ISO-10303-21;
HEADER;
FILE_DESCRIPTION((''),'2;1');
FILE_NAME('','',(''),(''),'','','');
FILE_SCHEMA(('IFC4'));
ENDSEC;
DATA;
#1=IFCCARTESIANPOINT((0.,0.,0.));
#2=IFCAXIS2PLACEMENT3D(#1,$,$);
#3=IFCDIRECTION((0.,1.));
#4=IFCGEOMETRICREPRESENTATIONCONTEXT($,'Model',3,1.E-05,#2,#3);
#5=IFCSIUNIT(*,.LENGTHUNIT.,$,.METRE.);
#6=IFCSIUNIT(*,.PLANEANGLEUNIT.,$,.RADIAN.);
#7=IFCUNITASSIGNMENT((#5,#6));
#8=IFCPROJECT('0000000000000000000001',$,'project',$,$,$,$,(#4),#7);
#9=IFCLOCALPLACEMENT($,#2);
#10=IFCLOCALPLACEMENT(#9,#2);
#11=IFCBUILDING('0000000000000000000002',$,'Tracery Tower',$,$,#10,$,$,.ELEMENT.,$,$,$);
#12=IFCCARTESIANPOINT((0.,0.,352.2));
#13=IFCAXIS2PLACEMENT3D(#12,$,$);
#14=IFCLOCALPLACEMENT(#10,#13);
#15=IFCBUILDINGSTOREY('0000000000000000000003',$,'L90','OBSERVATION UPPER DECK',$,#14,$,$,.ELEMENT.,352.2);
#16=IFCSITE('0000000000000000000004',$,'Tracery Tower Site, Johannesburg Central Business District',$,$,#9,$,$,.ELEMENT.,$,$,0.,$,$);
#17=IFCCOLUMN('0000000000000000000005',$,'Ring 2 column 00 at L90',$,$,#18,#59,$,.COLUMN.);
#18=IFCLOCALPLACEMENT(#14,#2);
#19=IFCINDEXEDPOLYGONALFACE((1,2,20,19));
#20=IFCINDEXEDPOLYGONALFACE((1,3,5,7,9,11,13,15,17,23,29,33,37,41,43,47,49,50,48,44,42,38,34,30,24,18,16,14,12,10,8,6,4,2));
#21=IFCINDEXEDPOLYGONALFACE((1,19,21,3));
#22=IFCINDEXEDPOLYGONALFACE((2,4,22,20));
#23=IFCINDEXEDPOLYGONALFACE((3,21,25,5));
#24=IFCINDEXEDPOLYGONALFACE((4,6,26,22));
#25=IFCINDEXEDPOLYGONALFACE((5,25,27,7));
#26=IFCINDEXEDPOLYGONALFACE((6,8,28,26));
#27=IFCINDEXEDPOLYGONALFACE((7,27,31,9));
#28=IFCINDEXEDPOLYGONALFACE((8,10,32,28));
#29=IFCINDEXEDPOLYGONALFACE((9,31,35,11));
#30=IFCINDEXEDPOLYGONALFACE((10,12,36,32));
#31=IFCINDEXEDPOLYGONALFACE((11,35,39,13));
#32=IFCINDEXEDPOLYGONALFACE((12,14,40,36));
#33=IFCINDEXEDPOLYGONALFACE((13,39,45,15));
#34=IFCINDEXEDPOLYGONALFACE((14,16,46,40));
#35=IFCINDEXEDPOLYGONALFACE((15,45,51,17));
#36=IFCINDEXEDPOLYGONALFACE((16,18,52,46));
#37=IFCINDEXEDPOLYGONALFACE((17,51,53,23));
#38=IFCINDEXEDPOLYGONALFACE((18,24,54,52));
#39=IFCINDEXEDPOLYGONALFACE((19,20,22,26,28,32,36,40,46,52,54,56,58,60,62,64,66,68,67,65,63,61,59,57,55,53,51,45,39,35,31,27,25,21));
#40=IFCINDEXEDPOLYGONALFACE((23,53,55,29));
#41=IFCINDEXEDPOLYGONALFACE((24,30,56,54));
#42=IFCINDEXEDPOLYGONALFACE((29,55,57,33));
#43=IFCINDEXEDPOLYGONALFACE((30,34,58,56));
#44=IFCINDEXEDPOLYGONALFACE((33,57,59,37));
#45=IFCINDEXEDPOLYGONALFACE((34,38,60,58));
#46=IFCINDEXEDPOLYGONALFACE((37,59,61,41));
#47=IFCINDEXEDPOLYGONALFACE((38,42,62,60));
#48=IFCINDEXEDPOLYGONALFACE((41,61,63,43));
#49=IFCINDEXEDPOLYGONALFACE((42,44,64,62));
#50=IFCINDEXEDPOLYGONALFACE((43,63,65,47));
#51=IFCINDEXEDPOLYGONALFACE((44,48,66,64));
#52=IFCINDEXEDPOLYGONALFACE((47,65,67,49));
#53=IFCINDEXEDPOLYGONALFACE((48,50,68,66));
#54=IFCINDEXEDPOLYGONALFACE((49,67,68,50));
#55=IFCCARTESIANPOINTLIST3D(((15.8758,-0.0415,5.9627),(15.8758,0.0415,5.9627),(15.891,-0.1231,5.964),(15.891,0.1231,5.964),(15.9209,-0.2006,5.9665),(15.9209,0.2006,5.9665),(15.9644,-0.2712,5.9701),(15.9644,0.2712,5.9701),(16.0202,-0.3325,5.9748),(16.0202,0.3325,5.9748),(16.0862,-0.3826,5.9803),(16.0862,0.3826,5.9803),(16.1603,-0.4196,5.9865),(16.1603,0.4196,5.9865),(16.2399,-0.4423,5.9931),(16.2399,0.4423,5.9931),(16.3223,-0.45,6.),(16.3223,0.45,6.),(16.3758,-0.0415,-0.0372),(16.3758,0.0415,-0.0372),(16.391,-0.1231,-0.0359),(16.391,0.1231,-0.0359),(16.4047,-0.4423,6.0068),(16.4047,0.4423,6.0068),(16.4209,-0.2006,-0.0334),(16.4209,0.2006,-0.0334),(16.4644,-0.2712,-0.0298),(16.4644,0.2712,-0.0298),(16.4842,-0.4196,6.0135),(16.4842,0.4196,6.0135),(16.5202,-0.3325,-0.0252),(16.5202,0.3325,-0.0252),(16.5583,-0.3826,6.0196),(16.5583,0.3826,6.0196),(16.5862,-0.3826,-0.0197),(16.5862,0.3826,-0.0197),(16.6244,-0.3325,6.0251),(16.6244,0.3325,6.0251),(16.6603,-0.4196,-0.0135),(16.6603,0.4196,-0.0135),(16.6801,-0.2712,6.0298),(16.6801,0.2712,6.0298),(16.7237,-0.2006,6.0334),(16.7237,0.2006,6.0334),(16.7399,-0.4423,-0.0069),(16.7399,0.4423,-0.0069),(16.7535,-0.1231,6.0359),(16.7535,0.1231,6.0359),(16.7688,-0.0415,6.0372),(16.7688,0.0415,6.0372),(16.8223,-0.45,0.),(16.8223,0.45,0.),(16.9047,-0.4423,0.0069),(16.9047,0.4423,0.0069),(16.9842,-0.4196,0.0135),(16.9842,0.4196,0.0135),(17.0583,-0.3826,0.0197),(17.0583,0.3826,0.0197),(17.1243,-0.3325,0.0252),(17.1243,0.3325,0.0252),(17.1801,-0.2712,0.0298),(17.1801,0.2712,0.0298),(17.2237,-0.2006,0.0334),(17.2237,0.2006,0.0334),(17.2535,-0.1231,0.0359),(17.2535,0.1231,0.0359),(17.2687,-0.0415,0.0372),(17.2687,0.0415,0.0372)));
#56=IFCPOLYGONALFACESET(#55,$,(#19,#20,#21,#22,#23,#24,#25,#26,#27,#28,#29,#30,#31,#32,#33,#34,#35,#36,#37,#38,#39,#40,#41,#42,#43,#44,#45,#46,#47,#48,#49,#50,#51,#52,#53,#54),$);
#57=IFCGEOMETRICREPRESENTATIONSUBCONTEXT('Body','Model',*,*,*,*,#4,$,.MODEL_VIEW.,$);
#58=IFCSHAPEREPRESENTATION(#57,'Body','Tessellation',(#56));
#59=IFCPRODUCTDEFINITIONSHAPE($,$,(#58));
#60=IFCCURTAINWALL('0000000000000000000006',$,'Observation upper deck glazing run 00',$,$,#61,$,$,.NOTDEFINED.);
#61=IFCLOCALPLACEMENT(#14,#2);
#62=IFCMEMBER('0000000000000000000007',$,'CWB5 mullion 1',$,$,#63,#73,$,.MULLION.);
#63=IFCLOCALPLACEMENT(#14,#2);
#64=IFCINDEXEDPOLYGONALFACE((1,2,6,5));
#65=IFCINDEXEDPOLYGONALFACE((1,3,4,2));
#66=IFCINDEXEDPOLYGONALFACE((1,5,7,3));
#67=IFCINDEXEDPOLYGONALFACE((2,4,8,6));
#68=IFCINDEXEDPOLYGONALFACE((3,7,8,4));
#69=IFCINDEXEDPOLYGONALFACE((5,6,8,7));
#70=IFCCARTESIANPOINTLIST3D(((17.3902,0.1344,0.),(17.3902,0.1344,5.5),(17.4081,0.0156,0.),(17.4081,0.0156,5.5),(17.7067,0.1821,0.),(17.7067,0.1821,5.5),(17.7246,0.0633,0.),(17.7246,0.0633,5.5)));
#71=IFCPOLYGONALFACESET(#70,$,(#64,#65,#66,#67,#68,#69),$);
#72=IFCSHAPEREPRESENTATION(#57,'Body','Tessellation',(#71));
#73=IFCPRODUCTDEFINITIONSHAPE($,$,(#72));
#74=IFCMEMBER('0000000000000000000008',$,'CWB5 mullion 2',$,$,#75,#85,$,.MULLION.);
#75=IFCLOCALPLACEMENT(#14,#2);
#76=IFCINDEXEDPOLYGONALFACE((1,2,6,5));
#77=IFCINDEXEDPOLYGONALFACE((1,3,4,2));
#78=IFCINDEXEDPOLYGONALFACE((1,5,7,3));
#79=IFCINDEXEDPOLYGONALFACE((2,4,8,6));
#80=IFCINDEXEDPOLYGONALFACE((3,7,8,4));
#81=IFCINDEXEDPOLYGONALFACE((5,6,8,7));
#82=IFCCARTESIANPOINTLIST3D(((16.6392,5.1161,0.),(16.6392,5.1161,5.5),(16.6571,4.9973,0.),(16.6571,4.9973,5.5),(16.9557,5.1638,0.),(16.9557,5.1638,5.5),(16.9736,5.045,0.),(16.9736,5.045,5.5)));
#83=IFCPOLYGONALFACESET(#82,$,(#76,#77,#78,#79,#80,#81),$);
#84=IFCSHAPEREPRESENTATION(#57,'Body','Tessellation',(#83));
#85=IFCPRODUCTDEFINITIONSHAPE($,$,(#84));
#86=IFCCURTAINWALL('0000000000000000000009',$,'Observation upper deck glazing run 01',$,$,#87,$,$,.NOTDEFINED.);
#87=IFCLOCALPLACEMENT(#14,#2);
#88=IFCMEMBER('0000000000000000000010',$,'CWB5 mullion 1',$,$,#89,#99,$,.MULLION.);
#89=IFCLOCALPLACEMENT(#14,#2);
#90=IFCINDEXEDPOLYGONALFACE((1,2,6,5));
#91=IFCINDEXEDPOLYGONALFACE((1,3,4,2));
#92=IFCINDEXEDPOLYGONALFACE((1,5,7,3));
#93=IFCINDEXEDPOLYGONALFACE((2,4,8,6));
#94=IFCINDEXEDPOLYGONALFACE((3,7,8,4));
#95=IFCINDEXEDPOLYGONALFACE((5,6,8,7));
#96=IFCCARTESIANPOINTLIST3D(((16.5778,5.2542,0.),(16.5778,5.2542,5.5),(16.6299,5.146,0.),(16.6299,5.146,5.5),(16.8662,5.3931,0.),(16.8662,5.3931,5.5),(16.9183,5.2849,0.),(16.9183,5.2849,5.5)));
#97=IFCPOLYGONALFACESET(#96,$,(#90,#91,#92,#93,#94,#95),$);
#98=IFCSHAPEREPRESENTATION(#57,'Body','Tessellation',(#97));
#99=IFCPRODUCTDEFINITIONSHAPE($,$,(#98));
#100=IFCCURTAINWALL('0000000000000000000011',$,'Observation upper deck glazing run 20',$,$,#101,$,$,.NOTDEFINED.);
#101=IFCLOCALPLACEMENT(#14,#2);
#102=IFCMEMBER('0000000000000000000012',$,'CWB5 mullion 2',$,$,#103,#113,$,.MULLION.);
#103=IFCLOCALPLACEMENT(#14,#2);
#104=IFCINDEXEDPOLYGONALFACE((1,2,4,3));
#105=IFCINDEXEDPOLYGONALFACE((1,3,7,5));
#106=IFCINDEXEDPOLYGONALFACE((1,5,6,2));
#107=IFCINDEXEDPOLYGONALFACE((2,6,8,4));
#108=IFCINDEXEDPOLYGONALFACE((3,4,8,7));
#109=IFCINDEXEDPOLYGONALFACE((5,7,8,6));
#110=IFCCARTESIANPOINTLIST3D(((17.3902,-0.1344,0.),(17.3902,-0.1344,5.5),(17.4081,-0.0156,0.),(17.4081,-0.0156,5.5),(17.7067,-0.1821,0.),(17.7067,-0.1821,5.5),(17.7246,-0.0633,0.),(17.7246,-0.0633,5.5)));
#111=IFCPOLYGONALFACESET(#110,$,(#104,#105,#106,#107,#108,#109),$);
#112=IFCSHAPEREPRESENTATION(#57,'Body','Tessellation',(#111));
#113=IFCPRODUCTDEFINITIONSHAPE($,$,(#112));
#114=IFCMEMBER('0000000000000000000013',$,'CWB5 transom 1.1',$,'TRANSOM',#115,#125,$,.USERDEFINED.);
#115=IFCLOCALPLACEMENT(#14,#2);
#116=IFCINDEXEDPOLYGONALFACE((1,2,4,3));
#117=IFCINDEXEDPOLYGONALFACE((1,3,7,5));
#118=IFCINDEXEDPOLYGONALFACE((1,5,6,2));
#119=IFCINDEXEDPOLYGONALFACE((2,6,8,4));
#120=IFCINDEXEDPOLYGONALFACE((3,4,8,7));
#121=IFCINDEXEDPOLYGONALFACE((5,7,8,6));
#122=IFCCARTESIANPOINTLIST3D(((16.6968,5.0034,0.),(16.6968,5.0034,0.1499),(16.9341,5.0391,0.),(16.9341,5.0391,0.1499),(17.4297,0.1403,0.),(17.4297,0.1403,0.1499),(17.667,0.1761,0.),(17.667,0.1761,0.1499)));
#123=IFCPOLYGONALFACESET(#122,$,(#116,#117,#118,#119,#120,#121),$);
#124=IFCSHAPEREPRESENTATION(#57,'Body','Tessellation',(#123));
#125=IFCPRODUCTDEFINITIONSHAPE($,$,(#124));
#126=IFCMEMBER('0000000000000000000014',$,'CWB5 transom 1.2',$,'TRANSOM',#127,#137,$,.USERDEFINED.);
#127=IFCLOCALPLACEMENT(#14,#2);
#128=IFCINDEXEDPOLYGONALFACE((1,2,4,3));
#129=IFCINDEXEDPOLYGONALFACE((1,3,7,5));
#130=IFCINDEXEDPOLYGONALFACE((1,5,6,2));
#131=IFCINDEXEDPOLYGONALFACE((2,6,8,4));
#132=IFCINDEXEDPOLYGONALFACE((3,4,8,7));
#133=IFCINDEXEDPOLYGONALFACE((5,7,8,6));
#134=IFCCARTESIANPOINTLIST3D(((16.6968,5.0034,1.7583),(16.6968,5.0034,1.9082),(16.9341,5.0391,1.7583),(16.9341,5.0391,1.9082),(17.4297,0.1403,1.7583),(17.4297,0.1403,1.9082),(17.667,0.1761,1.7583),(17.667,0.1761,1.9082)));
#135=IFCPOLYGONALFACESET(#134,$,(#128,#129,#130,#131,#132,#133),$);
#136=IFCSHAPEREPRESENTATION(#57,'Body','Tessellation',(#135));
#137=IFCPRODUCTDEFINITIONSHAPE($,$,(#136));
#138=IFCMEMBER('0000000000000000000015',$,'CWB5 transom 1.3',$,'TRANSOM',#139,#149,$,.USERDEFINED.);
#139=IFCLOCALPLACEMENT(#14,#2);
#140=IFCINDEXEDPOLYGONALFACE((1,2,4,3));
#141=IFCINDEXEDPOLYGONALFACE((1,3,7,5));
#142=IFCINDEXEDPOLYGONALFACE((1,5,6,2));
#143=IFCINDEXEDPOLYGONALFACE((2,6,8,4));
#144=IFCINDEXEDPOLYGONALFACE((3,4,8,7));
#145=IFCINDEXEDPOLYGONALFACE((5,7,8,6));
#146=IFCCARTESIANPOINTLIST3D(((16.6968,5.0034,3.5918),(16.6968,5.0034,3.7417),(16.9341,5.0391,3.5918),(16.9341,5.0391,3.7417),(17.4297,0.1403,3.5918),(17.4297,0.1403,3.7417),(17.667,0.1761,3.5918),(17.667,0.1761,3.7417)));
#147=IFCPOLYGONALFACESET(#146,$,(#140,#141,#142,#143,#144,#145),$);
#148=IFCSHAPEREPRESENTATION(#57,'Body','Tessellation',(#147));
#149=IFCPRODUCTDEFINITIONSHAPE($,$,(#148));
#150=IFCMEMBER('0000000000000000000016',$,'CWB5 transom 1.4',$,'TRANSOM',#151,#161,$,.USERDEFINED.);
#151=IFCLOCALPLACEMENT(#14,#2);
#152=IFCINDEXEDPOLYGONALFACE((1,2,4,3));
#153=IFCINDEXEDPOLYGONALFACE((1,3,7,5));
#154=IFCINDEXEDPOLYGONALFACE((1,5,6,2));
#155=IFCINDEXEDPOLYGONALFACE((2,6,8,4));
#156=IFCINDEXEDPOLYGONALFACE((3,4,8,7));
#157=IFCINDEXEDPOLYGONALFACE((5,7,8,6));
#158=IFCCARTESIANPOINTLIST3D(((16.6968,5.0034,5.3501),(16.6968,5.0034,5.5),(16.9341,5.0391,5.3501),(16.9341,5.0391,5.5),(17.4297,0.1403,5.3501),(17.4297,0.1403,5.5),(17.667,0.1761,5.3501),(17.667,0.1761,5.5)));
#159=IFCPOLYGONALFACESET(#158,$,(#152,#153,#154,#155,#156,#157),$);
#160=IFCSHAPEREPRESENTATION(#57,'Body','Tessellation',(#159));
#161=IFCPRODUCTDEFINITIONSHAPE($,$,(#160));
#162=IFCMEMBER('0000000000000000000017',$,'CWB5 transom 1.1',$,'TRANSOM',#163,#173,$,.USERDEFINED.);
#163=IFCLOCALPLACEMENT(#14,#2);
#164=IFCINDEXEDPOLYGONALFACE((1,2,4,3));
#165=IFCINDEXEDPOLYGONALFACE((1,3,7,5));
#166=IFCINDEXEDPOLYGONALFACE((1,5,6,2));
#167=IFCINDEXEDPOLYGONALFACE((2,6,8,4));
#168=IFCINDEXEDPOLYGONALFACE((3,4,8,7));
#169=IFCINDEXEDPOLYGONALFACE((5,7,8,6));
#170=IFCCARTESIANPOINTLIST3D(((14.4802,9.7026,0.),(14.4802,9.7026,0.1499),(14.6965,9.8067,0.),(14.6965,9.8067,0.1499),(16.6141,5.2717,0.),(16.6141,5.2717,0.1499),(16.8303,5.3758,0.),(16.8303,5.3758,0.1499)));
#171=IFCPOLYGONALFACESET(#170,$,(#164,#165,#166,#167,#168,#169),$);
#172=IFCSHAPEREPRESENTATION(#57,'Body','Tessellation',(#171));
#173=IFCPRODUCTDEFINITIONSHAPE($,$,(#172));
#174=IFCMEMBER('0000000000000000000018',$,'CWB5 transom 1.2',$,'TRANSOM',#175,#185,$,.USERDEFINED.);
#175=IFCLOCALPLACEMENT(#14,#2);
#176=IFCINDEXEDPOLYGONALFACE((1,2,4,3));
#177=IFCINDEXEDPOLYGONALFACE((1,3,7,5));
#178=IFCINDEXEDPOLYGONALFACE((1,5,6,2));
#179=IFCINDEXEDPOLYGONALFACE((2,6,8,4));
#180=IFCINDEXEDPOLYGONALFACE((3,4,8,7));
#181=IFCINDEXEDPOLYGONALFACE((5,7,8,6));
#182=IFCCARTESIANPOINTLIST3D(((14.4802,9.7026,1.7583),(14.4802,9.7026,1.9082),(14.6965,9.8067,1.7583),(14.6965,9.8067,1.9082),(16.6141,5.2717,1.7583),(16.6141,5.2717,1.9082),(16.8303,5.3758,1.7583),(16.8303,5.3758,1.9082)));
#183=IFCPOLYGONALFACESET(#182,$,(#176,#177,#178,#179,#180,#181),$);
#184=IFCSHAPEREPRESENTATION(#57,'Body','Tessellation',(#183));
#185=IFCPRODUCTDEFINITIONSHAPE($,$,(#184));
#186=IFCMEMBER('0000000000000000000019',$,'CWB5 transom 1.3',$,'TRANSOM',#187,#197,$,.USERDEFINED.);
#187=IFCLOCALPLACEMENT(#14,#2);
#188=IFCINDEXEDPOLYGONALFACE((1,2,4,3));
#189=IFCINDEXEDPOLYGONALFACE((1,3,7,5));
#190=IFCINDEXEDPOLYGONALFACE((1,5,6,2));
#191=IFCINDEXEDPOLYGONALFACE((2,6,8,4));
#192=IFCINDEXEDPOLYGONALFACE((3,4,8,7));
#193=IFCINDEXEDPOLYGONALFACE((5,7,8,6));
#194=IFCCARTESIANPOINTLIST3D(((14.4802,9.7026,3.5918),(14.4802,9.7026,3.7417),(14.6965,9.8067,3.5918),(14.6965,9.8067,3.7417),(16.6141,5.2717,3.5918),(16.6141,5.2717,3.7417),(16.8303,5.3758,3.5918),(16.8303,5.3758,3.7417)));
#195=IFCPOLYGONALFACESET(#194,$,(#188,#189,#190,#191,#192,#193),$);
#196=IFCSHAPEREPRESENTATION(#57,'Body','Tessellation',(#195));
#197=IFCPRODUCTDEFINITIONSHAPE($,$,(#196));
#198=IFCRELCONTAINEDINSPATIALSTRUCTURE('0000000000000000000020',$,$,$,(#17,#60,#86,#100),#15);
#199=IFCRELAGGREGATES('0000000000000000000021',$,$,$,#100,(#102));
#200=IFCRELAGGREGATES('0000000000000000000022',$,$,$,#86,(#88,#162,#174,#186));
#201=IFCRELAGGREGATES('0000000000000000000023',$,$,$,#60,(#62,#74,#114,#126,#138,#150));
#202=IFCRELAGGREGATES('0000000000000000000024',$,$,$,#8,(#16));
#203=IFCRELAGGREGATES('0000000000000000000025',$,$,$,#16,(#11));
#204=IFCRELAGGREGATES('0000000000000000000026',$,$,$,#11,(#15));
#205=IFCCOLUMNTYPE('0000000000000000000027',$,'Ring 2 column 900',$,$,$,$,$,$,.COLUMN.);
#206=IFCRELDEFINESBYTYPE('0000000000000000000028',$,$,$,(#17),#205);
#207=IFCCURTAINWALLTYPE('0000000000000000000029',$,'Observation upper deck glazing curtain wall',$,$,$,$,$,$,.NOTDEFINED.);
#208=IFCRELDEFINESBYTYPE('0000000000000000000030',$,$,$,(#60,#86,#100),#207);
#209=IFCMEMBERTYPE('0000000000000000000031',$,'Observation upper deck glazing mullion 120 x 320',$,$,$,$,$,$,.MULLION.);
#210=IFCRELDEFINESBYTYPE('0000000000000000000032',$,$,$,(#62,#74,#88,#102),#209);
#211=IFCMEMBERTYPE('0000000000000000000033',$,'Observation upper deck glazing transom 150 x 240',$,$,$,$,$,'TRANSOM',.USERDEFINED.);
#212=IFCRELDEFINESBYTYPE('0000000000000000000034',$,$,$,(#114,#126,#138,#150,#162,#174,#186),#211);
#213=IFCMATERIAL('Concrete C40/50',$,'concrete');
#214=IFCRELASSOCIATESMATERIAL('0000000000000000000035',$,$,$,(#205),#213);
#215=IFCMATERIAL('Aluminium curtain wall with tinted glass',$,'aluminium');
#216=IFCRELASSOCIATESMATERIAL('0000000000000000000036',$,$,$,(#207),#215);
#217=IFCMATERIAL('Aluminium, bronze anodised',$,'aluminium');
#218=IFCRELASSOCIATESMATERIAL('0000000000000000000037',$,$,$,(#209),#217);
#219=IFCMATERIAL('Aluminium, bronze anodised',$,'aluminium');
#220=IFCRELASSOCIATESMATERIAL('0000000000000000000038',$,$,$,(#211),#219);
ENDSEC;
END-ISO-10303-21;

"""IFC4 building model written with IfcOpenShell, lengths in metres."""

from ifc_helpers import new_model, si_unit, direction, frame, origin, origin_2d, place, context, subcontext, project, spatial, rectangle, circle, extrude, material, material_profile, profile_set, type_object, element, aggregate, save


model = new_model("IFC4")

# Units and contexts
model_context = context("Model", 3, precision=1e-05, world=origin(), true_north=direction((0.0, 1.0)))
body_context = subcontext(model_context, "Body", "Model", "MODEL_VIEW")
ifc_project = project(units=[si_unit("LENGTHUNIT", "METRE"), si_unit("PLANEANGLEUNIT", "RADIAN")], contexts=[model_context])

# Site, building, storey
site_placement = place(None, origin())
site = spatial("IfcSite", under=ifc_project, at=site_placement, Name="Tracery Tower Site, Johannesburg Central Business District", CompositionType="ELEMENT", RefElevation=0.0)
building_placement = place(site_placement, origin())
building = spatial("IfcBuilding", under=site, at=building_placement, Name="Tracery Tower", CompositionType="ELEMENT")
storey_placement = place(building_placement, frame((0.0, 0.0, 352.2)))
storey = spatial("IfcBuildingStorey", under=building, at=storey_placement, Name="L90", Description="OBSERVATION UPPER DECK", CompositionType="ELEMENT", Elevation=352.2)

# Column
ifc_material_1 = material(Name="Concrete C40/50", Category="concrete")
ifc_material_profile_1 = material_profile(ifc_material_1, circle(Radius=0.45, at=origin_2d()), Name="RC D900")
ifc_profile_set_1 = profile_set([ifc_material_profile_1], Name="Concrete C40/50")
column_type = type_object("IfcColumnType", Name="Ring 2 column 900", PredefinedType="COLUMN", material=ifc_profile_set_1)
column_placement = place(storey_placement, frame((16.8223, 0.0, 0.0), z_axis=(-0.083045, 0.0, 0.996546), x_axis=(0.0, -1.0, 0.0)))
element("IfcColumn", 1, at=column_placement, inside=storey, type_object=column_type, Name="Ring 2 column 00 at L90", PredefinedType="COLUMN", context=body_context, shape_type="SweptSolid", body=[
    extrude(circle(Radius=0.45, at=origin_2d()), origin(), (0.0, 0.0, 1.0), 6.0208),
])

# Curtain wall, members
ifc_material_2 = material(Name="Aluminium curtain wall with tinted glass", Category="aluminium")
curtain_wall_type = type_object("IfcCurtainWallType", Name="Observation upper deck glazing curtain wall", PredefinedType="NOTDEFINED", material=ifc_material_2)
curtain_wall_1_placement = place(storey_placement, origin())
curtain_wall_1 = element("IfcCurtainWall", 2, at=curtain_wall_1_placement, inside=storey, type_object=curtain_wall_type, Name="Observation upper deck glazing run 00", PredefinedType="NOTDEFINED")
ifc_material_3 = material(Name="Aluminium, bronze anodised", Category="aluminium")
ifc_material_profile_2 = material_profile(ifc_material_3, rectangle(XDim=0.3201, YDim=0.1201, at=origin_2d()), Name="Observation upper deck glazing mullion 120 x 320")
ifc_profile_set_2 = profile_set([ifc_material_profile_2], Name="Aluminium, bronze anodised")
member_type_1 = type_object("IfcMemberType", Name="Observation upper deck glazing mullion 120 x 320", PredefinedType="MULLION", material=ifc_profile_set_2)
member_1_placement = place(storey_placement, frame((17.5574, 0.0989, 0.0), z_axis=(0.0, 0.0, 1.0), x_axis=(-0.988832, -0.149033, 0.0)))
member_1 = element("IfcMember", 3, at=member_1_placement, type_object=member_type_1, Name="CWB5 mullion 1", PredefinedType="MULLION", context=body_context, shape_type="SweptSolid", body=[
    extrude(rectangle(XDim=0.3201, YDim=0.1201, at=origin_2d()), origin(), (0.0, 0.0, 1.0), 5.5),
])
member_2_placement = place(storey_placement, frame((16.8064, 5.0806, 0.0), z_axis=(0.0, 0.0, 1.0), x_axis=(-0.988832, -0.149033, 0.0)))
member_2 = element("IfcMember", 4, at=member_2_placement, type_object=member_type_1, Name="CWB5 mullion 2", PredefinedType="MULLION", context=body_context, shape_type="SweptSolid", body=[
    extrude(rectangle(XDim=0.3201, YDim=0.1201, at=origin_2d()), origin(), (0.0, 0.0, 1.0), 5.5),
])

# Curtain walls, members
curtain_wall_2_placement = place(storey_placement, origin())
curtain_wall_2 = element("IfcCurtainWall", 5, at=curtain_wall_2_placement, inside=storey, type_object=curtain_wall_type, Name="Observation upper deck glazing run 01", PredefinedType="NOTDEFINED")
member_3_placement = place(storey_placement, frame((16.748, 5.2695, 0.0), z_axis=(0.0, 0.0, 1.0), x_axis=(-0.900967, -0.433888, 0.0)))
member_3 = element("IfcMember", 6, at=member_3_placement, type_object=member_type_1, Name="CWB5 mullion 1", PredefinedType="MULLION", context=body_context, shape_type="SweptSolid", body=[
    extrude(rectangle(XDim=0.3201, YDim=0.1201, at=origin_2d()), origin(), (0.0, 0.0, 1.0), 5.5),
])
curtain_wall_3_placement = place(storey_placement, origin())
curtain_wall_3 = element("IfcCurtainWall", 7, at=curtain_wall_3_placement, inside=storey, type_object=curtain_wall_type, Name="Observation upper deck glazing run 20", PredefinedType="NOTDEFINED")
member_4_placement = place(storey_placement, frame((17.5574, -0.0989, 0.0), z_axis=(0.0, 0.0, 1.0), x_axis=(-0.988832, 0.149033, 0.0)))
member_4 = element("IfcMember", 8, at=member_4_placement, type_object=member_type_1, Name="CWB5 mullion 2", PredefinedType="MULLION", context=body_context, shape_type="SweptSolid", body=[
    extrude(rectangle(XDim=0.3201, YDim=0.1201, at=origin_2d()), origin(), (0.0, 0.0, 1.0), 5.5),
])
aggregate(curtain_wall_3, [member_4])

# Members
ifc_material_4 = material(Name="Aluminium, bronze anodised", Category="aluminium")
ifc_material_profile_3 = material_profile(ifc_material_4, rectangle(XDim=0.24, YDim=0.1499, at=origin_2d()), Name="Observation upper deck glazing transom 150 x 240")
ifc_profile_set_3 = profile_set([ifc_material_profile_3], Name="Aluminium, bronze anodised")
member_type_2 = type_object("IfcMemberType", Name="Observation upper deck glazing transom 150 x 240", ElementType="TRANSOM", PredefinedType="USERDEFINED", material=ifc_profile_set_3)
member_5_placement = place(storey_placement, frame((17.5483, 0.1582, 0.075), z_axis=(-0.149027, 0.988833, 0.0), x_axis=(-0.988833, -0.149027, 0.0)))
member_5 = element("IfcMember", 9, at=member_5_placement, type_object=member_type_2, Name="CWB5 transom 1.1", ObjectType="TRANSOM", PredefinedType="USERDEFINED", context=body_context, shape_type="SweptSolid", body=[
    extrude(rectangle(XDim=0.24, YDim=0.1499, at=origin_2d()), origin(), (0.0, 0.0, 1.0), 4.918),
])
member_6_placement = place(storey_placement, frame((17.5483, 0.1582, 1.8333), z_axis=(-0.149027, 0.988833, 0.0), x_axis=(-0.988833, -0.149027, 0.0)))
member_6 = element("IfcMember", 10, at=member_6_placement, type_object=member_type_2, Name="CWB5 transom 1.2", ObjectType="TRANSOM", PredefinedType="USERDEFINED", context=body_context, shape_type="SweptSolid", body=[
    extrude(rectangle(XDim=0.24, YDim=0.1499, at=origin_2d()), origin(), (0.0, 0.0, 1.0), 4.918),
])
member_7_placement = place(storey_placement, frame((17.5483, 0.1582, 3.6667), z_axis=(-0.149027, 0.988833, 0.0), x_axis=(-0.988833, -0.149027, 0.0)))
member_7 = element("IfcMember", 11, at=member_7_placement, type_object=member_type_2, Name="CWB5 transom 1.3", ObjectType="TRANSOM", PredefinedType="USERDEFINED", context=body_context, shape_type="SweptSolid", body=[
    extrude(rectangle(XDim=0.24, YDim=0.1499, at=origin_2d()), origin(), (0.0, 0.0, 1.0), 4.918),
])
member_8_placement = place(storey_placement, frame((17.5483, 0.1582, 5.425), z_axis=(-0.149027, 0.988833, 0.0), x_axis=(-0.988833, -0.149027, 0.0)))
member_8 = element("IfcMember", 12, at=member_8_placement, type_object=member_type_2, Name="CWB5 transom 1.4", ObjectType="TRANSOM", PredefinedType="USERDEFINED", context=body_context, shape_type="SweptSolid", body=[
    extrude(rectangle(XDim=0.24, YDim=0.1499, at=origin_2d()), origin(), (0.0, 0.0, 1.0), 4.918),
])
member_9_placement = place(storey_placement, frame((16.7222, 5.3237, 0.075), z_axis=(-0.43388, 0.900971, 0.0), x_axis=(-0.900971, -0.43388, 0.0)))
member_9 = element("IfcMember", 13, at=member_9_placement, type_object=member_type_2, Name="CWB5 transom 1.1", ObjectType="TRANSOM", PredefinedType="USERDEFINED", context=body_context, shape_type="SweptSolid", body=[
    extrude(rectangle(XDim=0.24, YDim=0.1499, at=origin_2d()), origin(), (0.0, 0.0, 1.0), 4.918),
])
member_10_placement = place(storey_placement, frame((16.7222, 5.3237, 1.8333), z_axis=(-0.43388, 0.900971, 0.0), x_axis=(-0.900971, -0.43388, 0.0)))
member_10 = element("IfcMember", 14, at=member_10_placement, type_object=member_type_2, Name="CWB5 transom 1.2", ObjectType="TRANSOM", PredefinedType="USERDEFINED", context=body_context, shape_type="SweptSolid", body=[
    extrude(rectangle(XDim=0.24, YDim=0.1499, at=origin_2d()), origin(), (0.0, 0.0, 1.0), 4.918),
])
member_11_placement = place(storey_placement, frame((16.7222, 5.3237, 3.6667), z_axis=(-0.43388, 0.900971, 0.0), x_axis=(-0.900971, -0.43388, 0.0)))
member_11 = element("IfcMember", 15, at=member_11_placement, type_object=member_type_2, Name="CWB5 transom 1.3", ObjectType="TRANSOM", PredefinedType="USERDEFINED", context=body_context, shape_type="SweptSolid", body=[
    extrude(rectangle(XDim=0.24, YDim=0.1499, at=origin_2d()), origin(), (0.0, 0.0, 1.0), 4.918),
])
aggregate(curtain_wall_2, [member_3, member_9, member_10, member_11])

aggregate(curtain_wall_1, [member_1, member_2, member_5, member_6, member_7, member_8])

save(model, "model.ifc")
